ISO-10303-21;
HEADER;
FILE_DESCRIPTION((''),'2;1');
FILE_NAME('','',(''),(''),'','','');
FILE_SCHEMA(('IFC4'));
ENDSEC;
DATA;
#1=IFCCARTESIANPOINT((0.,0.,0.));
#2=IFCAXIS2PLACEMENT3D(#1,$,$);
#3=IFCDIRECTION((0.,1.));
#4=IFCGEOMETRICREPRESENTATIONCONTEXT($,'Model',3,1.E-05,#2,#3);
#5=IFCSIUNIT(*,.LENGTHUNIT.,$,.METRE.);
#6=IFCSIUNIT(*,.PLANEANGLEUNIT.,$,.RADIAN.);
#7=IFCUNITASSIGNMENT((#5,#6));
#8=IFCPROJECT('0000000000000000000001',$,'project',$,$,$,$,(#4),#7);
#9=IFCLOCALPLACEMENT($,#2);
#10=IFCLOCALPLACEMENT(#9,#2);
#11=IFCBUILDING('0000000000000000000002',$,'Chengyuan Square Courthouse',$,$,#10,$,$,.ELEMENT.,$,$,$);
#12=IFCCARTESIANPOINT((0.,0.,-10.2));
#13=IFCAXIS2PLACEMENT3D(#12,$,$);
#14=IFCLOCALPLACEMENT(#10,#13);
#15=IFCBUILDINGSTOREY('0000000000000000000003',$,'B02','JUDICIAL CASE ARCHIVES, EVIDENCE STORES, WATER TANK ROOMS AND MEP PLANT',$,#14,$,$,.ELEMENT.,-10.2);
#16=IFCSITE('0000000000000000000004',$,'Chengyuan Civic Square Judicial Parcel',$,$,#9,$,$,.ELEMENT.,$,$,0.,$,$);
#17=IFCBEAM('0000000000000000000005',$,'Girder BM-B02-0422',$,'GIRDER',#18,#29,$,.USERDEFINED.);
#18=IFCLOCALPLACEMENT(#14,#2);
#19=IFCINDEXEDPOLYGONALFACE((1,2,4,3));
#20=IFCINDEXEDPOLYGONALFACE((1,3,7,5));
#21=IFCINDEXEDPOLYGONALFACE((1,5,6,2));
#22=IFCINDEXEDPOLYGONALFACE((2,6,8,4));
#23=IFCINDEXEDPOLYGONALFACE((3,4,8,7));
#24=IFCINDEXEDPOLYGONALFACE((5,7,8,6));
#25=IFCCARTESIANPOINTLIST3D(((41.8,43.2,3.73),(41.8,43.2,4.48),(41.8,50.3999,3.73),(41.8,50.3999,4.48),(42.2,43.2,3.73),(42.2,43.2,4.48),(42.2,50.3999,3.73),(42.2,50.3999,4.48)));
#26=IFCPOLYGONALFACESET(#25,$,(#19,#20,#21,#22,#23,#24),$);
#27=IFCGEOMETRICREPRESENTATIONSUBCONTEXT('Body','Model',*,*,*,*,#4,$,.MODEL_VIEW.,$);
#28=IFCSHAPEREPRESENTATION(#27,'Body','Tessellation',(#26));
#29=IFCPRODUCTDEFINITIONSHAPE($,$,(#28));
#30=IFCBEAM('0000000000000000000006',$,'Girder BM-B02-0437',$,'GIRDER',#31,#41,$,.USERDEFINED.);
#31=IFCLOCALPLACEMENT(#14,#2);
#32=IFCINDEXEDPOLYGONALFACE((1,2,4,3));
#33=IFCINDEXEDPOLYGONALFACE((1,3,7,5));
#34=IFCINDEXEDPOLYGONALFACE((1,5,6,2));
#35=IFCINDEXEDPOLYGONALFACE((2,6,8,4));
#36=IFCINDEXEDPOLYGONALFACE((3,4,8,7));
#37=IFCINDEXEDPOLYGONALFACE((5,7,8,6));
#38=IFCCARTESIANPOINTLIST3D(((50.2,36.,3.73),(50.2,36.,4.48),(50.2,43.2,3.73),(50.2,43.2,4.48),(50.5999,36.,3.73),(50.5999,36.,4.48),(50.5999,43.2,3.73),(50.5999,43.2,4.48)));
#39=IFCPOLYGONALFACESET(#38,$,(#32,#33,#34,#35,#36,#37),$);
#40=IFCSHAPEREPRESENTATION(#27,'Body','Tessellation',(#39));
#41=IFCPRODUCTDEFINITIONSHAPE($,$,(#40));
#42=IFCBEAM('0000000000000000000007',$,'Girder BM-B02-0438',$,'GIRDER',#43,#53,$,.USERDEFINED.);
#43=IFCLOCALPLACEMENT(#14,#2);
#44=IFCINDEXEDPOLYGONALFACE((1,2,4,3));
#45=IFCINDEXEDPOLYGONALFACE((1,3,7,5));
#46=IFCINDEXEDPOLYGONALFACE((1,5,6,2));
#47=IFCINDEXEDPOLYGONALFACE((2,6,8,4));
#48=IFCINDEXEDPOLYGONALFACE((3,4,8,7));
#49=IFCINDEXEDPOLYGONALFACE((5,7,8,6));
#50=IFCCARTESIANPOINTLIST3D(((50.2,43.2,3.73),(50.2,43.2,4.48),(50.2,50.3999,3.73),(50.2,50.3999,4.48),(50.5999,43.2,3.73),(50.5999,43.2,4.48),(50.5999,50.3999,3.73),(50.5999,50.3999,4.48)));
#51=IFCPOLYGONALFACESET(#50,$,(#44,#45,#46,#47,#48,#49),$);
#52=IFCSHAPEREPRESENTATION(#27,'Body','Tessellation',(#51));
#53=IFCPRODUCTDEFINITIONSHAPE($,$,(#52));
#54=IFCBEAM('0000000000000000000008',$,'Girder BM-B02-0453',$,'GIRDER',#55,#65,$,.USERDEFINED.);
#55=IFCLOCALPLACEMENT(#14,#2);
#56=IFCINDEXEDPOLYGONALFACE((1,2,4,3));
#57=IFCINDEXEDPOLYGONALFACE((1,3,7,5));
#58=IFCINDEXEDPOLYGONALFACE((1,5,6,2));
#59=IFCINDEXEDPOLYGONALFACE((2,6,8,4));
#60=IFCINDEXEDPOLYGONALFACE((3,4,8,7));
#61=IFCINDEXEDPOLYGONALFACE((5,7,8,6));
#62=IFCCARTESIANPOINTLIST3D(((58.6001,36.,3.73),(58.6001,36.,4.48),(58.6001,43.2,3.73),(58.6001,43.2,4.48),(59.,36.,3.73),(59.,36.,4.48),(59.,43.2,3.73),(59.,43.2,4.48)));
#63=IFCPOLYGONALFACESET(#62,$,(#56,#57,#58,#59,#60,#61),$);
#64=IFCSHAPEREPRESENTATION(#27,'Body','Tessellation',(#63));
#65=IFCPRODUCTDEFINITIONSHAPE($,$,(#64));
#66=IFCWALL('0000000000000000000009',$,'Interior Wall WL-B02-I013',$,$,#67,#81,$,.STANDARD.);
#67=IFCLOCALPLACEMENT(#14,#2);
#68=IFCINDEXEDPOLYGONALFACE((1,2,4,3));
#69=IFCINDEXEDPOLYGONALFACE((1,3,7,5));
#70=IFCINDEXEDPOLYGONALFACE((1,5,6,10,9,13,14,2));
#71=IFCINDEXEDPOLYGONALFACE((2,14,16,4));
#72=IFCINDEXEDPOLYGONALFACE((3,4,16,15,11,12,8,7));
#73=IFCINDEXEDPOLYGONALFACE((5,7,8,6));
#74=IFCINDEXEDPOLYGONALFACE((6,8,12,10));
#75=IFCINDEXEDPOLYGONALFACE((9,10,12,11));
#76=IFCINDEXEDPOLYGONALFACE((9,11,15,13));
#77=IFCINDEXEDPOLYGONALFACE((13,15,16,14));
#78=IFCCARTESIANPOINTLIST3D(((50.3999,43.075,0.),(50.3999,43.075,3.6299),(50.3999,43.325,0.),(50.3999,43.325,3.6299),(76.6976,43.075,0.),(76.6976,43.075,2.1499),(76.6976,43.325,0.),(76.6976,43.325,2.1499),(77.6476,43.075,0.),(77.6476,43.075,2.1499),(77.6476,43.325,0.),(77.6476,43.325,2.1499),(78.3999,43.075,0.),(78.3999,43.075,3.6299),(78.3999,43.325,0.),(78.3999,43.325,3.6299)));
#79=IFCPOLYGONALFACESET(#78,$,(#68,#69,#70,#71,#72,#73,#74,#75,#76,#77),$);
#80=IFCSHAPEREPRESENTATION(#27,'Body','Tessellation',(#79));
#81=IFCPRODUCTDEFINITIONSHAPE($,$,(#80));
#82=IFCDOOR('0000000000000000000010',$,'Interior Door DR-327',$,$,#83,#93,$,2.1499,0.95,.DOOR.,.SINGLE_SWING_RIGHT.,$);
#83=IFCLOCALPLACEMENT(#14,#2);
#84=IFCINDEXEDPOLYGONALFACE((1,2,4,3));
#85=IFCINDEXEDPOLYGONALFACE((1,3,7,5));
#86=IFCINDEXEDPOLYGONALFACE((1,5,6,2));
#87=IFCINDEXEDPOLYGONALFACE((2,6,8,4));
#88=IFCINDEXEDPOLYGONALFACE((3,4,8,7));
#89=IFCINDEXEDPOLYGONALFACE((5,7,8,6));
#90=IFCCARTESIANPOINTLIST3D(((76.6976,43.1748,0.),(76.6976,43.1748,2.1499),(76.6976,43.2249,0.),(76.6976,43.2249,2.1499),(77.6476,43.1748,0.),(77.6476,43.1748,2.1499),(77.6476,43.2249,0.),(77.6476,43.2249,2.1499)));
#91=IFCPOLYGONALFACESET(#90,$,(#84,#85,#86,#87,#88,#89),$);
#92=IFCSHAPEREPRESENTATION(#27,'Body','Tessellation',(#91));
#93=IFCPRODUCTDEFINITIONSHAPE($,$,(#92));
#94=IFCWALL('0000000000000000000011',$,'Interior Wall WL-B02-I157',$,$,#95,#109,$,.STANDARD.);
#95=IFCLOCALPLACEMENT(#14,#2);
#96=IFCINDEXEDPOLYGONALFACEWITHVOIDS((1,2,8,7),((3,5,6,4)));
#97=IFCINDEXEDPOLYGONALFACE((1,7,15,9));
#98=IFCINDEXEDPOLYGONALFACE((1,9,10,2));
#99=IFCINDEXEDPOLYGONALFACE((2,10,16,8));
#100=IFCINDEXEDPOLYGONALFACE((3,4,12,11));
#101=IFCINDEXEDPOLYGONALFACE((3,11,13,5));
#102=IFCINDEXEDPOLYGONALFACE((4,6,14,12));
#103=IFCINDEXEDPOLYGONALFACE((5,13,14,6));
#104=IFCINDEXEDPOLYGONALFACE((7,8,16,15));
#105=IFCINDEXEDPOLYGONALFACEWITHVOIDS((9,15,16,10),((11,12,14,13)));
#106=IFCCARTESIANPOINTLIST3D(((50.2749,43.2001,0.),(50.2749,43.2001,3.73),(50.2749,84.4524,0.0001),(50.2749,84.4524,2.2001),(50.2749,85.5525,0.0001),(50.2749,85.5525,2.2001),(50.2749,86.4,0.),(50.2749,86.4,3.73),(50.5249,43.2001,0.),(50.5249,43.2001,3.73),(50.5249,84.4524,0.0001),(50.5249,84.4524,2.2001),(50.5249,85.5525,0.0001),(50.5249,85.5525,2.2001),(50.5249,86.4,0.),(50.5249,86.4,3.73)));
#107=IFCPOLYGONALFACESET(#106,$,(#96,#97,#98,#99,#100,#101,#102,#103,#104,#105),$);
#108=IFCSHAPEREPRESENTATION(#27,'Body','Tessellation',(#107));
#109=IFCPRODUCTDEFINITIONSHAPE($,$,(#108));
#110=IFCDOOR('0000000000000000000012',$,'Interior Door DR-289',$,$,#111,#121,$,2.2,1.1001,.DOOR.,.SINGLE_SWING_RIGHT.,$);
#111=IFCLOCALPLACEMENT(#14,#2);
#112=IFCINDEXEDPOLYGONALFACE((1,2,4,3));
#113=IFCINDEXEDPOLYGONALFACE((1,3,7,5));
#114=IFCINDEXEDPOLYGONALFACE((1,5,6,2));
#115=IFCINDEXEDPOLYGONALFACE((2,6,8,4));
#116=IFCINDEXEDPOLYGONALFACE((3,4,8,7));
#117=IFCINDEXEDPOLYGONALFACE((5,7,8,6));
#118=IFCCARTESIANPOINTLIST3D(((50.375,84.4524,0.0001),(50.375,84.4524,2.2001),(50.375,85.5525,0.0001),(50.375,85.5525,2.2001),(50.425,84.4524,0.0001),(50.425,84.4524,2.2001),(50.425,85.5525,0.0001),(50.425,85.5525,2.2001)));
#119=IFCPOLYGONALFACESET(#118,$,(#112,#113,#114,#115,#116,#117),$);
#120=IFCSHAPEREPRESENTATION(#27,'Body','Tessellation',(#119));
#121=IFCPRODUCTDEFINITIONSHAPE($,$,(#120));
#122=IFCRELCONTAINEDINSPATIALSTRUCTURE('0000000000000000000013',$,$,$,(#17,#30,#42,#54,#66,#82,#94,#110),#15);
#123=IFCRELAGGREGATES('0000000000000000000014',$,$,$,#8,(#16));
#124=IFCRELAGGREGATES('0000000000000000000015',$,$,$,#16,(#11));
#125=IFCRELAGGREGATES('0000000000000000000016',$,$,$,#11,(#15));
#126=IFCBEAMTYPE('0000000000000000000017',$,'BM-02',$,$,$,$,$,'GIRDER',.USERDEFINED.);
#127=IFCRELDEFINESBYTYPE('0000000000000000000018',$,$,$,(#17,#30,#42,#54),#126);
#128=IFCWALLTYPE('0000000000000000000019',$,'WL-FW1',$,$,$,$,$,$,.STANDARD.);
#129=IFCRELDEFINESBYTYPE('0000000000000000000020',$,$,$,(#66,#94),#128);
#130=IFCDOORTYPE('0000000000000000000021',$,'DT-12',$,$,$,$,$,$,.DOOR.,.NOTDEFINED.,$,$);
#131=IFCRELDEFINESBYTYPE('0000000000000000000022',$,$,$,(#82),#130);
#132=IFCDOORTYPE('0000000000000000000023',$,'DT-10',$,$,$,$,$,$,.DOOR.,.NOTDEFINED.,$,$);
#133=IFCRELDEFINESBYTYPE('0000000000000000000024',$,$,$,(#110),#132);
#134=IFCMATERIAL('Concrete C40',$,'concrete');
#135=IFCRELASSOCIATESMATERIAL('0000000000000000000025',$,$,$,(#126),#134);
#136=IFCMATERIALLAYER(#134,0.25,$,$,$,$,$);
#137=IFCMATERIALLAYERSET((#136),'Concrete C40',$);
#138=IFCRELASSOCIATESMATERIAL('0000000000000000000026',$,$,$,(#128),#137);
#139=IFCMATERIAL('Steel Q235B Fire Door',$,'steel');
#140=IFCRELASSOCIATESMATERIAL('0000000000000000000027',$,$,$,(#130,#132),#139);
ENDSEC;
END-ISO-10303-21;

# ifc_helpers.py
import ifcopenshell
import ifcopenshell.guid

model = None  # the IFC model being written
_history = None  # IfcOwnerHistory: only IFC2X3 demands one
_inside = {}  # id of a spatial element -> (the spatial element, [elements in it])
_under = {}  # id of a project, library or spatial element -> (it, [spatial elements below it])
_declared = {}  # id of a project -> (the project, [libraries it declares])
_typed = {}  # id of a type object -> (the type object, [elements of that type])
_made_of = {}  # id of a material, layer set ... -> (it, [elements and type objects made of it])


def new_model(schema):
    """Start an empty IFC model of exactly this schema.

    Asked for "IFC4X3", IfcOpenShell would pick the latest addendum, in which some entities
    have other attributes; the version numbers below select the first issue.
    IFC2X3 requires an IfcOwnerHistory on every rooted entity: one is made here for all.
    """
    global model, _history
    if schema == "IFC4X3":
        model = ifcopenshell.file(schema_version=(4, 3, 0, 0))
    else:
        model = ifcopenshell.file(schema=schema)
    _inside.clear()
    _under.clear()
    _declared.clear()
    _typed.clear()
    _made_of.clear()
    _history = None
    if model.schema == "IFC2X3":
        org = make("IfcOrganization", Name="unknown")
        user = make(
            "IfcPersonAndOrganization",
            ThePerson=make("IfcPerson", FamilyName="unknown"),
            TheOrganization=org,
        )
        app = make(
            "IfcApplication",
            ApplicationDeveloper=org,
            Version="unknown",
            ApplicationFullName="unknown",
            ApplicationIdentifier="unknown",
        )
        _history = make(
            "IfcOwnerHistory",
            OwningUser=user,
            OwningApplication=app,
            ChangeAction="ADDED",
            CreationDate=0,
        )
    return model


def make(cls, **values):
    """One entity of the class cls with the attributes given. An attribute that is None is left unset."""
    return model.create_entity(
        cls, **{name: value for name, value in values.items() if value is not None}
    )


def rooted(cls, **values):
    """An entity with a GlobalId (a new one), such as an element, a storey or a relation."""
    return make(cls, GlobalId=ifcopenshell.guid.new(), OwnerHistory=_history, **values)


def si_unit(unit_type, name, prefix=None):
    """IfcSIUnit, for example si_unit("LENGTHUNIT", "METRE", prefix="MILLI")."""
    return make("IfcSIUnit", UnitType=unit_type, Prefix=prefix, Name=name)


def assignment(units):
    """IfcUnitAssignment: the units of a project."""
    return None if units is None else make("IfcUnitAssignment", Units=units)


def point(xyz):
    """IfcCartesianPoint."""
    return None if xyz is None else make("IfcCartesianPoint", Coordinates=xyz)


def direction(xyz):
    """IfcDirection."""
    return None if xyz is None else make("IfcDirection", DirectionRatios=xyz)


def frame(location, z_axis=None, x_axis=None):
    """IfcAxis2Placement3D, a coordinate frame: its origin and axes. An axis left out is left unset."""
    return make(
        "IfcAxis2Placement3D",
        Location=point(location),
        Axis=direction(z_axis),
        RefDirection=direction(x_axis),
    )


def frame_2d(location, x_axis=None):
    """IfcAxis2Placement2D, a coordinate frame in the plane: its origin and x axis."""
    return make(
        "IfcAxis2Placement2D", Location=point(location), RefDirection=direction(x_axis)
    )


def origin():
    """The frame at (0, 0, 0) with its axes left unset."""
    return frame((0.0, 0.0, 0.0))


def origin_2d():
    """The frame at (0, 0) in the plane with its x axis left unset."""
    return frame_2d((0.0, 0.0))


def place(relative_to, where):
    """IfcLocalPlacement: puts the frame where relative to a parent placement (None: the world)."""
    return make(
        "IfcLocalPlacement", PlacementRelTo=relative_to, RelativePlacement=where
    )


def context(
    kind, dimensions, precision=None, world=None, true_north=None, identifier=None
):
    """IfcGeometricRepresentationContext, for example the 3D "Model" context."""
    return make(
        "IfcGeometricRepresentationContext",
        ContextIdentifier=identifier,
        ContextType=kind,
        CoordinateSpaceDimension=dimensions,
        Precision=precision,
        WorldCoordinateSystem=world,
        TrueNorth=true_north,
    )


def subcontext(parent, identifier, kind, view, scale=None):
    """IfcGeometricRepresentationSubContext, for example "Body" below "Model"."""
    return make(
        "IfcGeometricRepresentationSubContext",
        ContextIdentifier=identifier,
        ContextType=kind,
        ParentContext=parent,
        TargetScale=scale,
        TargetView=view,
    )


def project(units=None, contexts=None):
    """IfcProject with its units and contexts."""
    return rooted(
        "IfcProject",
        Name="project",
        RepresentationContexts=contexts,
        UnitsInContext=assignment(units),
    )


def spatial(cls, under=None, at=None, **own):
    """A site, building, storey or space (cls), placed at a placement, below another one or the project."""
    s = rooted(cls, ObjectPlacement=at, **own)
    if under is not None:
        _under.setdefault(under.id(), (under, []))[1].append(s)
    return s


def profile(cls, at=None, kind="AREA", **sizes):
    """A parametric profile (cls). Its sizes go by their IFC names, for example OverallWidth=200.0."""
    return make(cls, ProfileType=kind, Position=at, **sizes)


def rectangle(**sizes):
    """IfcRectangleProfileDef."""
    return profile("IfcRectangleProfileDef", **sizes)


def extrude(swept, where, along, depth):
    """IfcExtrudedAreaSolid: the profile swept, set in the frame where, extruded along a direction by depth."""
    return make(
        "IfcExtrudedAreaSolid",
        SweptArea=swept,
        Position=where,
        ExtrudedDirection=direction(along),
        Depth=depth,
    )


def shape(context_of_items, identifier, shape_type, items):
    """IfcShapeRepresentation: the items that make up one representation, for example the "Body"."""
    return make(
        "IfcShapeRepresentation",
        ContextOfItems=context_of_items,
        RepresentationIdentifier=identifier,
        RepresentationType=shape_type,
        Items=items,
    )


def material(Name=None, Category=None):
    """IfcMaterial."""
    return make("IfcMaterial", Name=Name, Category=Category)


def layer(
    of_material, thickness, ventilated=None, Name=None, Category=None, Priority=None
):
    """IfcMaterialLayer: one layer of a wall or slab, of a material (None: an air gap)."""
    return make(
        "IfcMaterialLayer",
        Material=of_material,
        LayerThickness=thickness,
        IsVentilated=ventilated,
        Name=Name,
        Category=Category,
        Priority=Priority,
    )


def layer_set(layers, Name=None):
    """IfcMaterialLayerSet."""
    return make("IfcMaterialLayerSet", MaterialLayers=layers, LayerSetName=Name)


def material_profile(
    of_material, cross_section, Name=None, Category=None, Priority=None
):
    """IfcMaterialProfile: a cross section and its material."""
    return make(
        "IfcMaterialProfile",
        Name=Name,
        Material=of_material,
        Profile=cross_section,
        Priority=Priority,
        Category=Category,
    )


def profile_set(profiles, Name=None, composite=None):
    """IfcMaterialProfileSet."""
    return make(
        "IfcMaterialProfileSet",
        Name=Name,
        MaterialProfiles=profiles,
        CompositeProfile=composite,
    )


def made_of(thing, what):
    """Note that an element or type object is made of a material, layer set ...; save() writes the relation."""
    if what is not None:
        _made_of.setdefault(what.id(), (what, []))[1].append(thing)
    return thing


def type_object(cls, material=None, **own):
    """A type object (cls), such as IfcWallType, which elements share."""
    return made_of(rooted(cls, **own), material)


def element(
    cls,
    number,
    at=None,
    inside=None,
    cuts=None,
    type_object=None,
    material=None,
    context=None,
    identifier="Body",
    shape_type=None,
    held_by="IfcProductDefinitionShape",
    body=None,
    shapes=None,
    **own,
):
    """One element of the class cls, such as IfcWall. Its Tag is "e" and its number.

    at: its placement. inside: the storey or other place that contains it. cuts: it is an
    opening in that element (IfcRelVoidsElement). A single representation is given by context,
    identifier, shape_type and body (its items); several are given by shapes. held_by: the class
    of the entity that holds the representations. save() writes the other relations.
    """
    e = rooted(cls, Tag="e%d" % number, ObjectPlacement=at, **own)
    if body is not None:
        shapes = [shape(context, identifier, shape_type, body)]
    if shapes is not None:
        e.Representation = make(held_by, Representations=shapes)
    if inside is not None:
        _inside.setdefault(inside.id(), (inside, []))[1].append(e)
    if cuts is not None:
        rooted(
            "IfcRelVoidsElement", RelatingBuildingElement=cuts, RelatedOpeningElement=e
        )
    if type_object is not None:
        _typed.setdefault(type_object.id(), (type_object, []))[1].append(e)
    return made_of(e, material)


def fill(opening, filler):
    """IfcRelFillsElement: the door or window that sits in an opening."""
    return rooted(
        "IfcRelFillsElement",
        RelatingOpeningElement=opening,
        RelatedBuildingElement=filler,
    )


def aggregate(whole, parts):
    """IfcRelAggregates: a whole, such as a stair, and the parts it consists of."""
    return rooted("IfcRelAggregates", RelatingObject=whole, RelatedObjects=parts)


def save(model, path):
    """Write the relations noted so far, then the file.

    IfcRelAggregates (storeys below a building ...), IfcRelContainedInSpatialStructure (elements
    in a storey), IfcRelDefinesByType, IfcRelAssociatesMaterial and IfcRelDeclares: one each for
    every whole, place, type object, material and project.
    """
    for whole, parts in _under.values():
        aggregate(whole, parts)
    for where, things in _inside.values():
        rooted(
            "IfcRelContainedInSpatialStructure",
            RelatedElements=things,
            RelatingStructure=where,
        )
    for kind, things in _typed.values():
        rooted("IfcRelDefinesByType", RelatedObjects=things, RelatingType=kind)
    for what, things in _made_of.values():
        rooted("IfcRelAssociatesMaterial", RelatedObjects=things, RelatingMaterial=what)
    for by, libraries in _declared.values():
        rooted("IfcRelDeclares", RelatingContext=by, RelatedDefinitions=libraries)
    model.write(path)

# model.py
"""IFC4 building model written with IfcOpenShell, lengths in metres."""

from ifc_helpers import new_model, si_unit, direction, frame, frame_2d, origin, origin_2d, place, context, subcontext, project, spatial, rectangle, extrude, material, layer, layer_set, material_profile, profile_set, type_object, element, fill, save


model = new_model("IFC4")

# Units and contexts
model_context = context("Model", 3, precision=1e-05, world=origin(), true_north=direction((0.0, 1.0)))
body_context = subcontext(model_context, "Body", "Model", "MODEL_VIEW")
ifc_project = project(units=[si_unit("LENGTHUNIT", "METRE"), si_unit("PLANEANGLEUNIT", "RADIAN")], contexts=[model_context])

# Site, building, storey
site_placement = place(None, origin())
site = spatial("IfcSite", under=ifc_project, at=site_placement, Name="Chengyuan Civic Square Judicial Parcel", CompositionType="ELEMENT", RefElevation=0.0)
building_placement = place(site_placement, origin())
building = spatial("IfcBuilding", under=site, at=building_placement, Name="Chengyuan Square Courthouse", CompositionType="ELEMENT")
storey_placement = place(building_placement, frame((0.0, 0.0, -10.2)))
storey = spatial("IfcBuildingStorey", under=building, at=storey_placement, Name="B02", Description="JUDICIAL CASE ARCHIVES, EVIDENCE STORES, WATER TANK ROOMS AND MEP PLANT", CompositionType="ELEMENT", Elevation=-10.2)

# Shared definitions
ifc_material_1 = material(Name="Concrete C40", Category="concrete")

# Beams
ifc_material_profile_1 = material_profile(ifc_material_1, rectangle(XDim=0.3999, YDim=0.75, at=origin_2d()), Name="RC-BM-400x750")
ifc_profile_set_1 = profile_set([ifc_material_profile_1], Name="Concrete C40")
beam_type_1 = type_object("IfcBeamType", Name="BM-02", ElementType="GIRDER", PredefinedType="USERDEFINED", material=ifc_profile_set_1)
for number, where, z_axis, x_axis, name in (
    (1, (42.0, 43.2, 4.105), (0.0, 1.0, 0.0), (-1.0, 0.0, 0.0), "Girder BM-B02-0422"),
    (2, (50.3999, 36.0, 4.105), (0.0, 1.0, 0.0), (-1.0, 0.0, 0.0), "Girder BM-B02-0437"),
    (3, (50.3999, 43.2, 4.105), (0.0, 1.0, 0.0), (-1.0, 0.0, 0.0), "Girder BM-B02-0438"),
    (4, (58.8, 36.0, 4.105), (0.0, 1.0, 0.0), (-1.0, 0.0, 0.0), "Girder BM-B02-0453"),
):
    element("IfcBeam", number, at=place(storey_placement, frame(where, z_axis=z_axis, x_axis=x_axis)), inside=storey, type_object=beam_type_1, Name=name, ObjectType="GIRDER", PredefinedType="USERDEFINED", context=body_context, shape_type="SweptSolid", body=[
        extrude(rectangle(XDim=0.3999, YDim=0.75, at=origin_2d()), origin(), (0.0, 0.0, 1.0), 7.2),
    ])

# Walls, openings, doors
ifc_layer = layer(ifc_material_1, 0.25)
ifc_layer_set = layer_set([ifc_layer], Name="Concrete C40")
wall_type = type_object("IfcWallType", Name="WL-FW1", PredefinedType="STANDARD", material=ifc_layer_set)
wall_1_placement = place(storey_placement, frame((50.3999, 43.2, 0.0), z_axis=(0.0, 0.0, 1.0), x_axis=(1.0, 0.0, 0.0)))
wall_1 = element("IfcWall", 5, at=wall_1_placement, inside=storey, type_object=wall_type, Name="Interior Wall WL-B02-I013", PredefinedType="STANDARD", context=body_context, shape_type="SweptSolid", body=[
    extrude(rectangle(XDim=28.0, YDim=0.25, at=frame_2d((14.0, 0.0))), origin(), (0.0, 0.0, 1.0), 3.6299),
])
opening_1_placement = place(wall_1_placement, frame((26.2976, 0.0, 0.0)))
opening_1 = element("IfcOpeningElement", 6, at=opening_1_placement, cuts=wall_1, PredefinedType="OPENING", context=body_context, shape_type="SweptSolid", body=[
    extrude(rectangle(XDim=0.95, YDim=2.1499, at=frame_2d((0.4751, 1.075))), frame((0.0, 0.137, 0.0), z_axis=(0.0, -1.0, 0.0), x_axis=(1.0, 0.0, 0.0)), (0.0, 0.0, 1.0), 0.2739),
])
ifc_material_2 = material(Name="Steel Q235B Fire Door", Category="steel")
door_type_1 = type_object("IfcDoorType", Name="DT-12", OperationType="NOTDEFINED", PredefinedType="DOOR", material=ifc_material_2)
door_1_placement = place(opening_1_placement, origin())
door_1 = element("IfcDoor", 7, at=door_1_placement, inside=storey, type_object=door_type_1, Name="Interior Door DR-327", OperationType="SINGLE_SWING_RIGHT", OverallHeight=2.1499, OverallWidth=0.95, PredefinedType="DOOR", context=body_context, shape_type="SweptSolid", body=[
    extrude(rectangle(XDim=0.95, YDim=2.1499, at=frame_2d((0.4751, 1.075))), frame((0.0, 0.0249, 0.0), z_axis=(0.0, -1.0, 0.0), x_axis=(1.0, 0.0, 0.0)), (0.0, 0.0, 1.0), 0.05),
])
fill(opening_1, door_1)
wall_2_placement = place(storey_placement, frame((50.3999, 43.2, 0.0), z_axis=(0.0, 0.0, 1.0), x_axis=(0.0, 1.0, 0.0)))
wall_2 = element("IfcWall", 8, at=wall_2_placement, inside=storey, type_object=wall_type, Name="Interior Wall WL-B02-I157", PredefinedType="STANDARD", context=body_context, shape_type="SweptSolid", body=[
    extrude(rectangle(XDim=43.2, YDim=0.25, at=frame_2d((21.6001, 0.0))), origin(), (0.0, 0.0, 1.0), 3.73),
])
opening_2_placement = place(wall_2_placement, frame((41.2524, 0.0, 0.0)))
opening_2 = element("IfcOpeningElement", 9, at=opening_2_placement, cuts=wall_2, PredefinedType="OPENING", context=body_context, shape_type="SweptSolid", body=[
    extrude(rectangle(XDim=1.1001, YDim=2.2, at=frame_2d((0.55, 1.1001))), frame((0.0, 0.137, 0.0), z_axis=(0.0, -1.0, 0.0), x_axis=(1.0, 0.0, 0.0)), (0.0, 0.0, 1.0), 0.2739),
])
door_type_2 = type_object("IfcDoorType", Name="DT-10", OperationType="NOTDEFINED", PredefinedType="DOOR", material=ifc_material_2)
door_2_placement = place(opening_2_placement, origin())
door_2 = element("IfcDoor", 10, at=door_2_placement, inside=storey, type_object=door_type_2, Name="Interior Door DR-289", OperationType="SINGLE_SWING_RIGHT", OverallHeight=2.2, OverallWidth=1.1001, PredefinedType="DOOR", context=body_context, shape_type="SweptSolid", body=[
    extrude(rectangle(XDim=1.1001, YDim=2.2, at=frame_2d((0.55, 1.1001))), frame((0.0, 0.0249, 0.0), z_axis=(0.0, -1.0, 0.0), x_axis=(1.0, 0.0, 0.0)), (0.0, 0.0, 1.0), 0.05),
])
fill(opening_2, door_2)

save(model, "model.ifc")
